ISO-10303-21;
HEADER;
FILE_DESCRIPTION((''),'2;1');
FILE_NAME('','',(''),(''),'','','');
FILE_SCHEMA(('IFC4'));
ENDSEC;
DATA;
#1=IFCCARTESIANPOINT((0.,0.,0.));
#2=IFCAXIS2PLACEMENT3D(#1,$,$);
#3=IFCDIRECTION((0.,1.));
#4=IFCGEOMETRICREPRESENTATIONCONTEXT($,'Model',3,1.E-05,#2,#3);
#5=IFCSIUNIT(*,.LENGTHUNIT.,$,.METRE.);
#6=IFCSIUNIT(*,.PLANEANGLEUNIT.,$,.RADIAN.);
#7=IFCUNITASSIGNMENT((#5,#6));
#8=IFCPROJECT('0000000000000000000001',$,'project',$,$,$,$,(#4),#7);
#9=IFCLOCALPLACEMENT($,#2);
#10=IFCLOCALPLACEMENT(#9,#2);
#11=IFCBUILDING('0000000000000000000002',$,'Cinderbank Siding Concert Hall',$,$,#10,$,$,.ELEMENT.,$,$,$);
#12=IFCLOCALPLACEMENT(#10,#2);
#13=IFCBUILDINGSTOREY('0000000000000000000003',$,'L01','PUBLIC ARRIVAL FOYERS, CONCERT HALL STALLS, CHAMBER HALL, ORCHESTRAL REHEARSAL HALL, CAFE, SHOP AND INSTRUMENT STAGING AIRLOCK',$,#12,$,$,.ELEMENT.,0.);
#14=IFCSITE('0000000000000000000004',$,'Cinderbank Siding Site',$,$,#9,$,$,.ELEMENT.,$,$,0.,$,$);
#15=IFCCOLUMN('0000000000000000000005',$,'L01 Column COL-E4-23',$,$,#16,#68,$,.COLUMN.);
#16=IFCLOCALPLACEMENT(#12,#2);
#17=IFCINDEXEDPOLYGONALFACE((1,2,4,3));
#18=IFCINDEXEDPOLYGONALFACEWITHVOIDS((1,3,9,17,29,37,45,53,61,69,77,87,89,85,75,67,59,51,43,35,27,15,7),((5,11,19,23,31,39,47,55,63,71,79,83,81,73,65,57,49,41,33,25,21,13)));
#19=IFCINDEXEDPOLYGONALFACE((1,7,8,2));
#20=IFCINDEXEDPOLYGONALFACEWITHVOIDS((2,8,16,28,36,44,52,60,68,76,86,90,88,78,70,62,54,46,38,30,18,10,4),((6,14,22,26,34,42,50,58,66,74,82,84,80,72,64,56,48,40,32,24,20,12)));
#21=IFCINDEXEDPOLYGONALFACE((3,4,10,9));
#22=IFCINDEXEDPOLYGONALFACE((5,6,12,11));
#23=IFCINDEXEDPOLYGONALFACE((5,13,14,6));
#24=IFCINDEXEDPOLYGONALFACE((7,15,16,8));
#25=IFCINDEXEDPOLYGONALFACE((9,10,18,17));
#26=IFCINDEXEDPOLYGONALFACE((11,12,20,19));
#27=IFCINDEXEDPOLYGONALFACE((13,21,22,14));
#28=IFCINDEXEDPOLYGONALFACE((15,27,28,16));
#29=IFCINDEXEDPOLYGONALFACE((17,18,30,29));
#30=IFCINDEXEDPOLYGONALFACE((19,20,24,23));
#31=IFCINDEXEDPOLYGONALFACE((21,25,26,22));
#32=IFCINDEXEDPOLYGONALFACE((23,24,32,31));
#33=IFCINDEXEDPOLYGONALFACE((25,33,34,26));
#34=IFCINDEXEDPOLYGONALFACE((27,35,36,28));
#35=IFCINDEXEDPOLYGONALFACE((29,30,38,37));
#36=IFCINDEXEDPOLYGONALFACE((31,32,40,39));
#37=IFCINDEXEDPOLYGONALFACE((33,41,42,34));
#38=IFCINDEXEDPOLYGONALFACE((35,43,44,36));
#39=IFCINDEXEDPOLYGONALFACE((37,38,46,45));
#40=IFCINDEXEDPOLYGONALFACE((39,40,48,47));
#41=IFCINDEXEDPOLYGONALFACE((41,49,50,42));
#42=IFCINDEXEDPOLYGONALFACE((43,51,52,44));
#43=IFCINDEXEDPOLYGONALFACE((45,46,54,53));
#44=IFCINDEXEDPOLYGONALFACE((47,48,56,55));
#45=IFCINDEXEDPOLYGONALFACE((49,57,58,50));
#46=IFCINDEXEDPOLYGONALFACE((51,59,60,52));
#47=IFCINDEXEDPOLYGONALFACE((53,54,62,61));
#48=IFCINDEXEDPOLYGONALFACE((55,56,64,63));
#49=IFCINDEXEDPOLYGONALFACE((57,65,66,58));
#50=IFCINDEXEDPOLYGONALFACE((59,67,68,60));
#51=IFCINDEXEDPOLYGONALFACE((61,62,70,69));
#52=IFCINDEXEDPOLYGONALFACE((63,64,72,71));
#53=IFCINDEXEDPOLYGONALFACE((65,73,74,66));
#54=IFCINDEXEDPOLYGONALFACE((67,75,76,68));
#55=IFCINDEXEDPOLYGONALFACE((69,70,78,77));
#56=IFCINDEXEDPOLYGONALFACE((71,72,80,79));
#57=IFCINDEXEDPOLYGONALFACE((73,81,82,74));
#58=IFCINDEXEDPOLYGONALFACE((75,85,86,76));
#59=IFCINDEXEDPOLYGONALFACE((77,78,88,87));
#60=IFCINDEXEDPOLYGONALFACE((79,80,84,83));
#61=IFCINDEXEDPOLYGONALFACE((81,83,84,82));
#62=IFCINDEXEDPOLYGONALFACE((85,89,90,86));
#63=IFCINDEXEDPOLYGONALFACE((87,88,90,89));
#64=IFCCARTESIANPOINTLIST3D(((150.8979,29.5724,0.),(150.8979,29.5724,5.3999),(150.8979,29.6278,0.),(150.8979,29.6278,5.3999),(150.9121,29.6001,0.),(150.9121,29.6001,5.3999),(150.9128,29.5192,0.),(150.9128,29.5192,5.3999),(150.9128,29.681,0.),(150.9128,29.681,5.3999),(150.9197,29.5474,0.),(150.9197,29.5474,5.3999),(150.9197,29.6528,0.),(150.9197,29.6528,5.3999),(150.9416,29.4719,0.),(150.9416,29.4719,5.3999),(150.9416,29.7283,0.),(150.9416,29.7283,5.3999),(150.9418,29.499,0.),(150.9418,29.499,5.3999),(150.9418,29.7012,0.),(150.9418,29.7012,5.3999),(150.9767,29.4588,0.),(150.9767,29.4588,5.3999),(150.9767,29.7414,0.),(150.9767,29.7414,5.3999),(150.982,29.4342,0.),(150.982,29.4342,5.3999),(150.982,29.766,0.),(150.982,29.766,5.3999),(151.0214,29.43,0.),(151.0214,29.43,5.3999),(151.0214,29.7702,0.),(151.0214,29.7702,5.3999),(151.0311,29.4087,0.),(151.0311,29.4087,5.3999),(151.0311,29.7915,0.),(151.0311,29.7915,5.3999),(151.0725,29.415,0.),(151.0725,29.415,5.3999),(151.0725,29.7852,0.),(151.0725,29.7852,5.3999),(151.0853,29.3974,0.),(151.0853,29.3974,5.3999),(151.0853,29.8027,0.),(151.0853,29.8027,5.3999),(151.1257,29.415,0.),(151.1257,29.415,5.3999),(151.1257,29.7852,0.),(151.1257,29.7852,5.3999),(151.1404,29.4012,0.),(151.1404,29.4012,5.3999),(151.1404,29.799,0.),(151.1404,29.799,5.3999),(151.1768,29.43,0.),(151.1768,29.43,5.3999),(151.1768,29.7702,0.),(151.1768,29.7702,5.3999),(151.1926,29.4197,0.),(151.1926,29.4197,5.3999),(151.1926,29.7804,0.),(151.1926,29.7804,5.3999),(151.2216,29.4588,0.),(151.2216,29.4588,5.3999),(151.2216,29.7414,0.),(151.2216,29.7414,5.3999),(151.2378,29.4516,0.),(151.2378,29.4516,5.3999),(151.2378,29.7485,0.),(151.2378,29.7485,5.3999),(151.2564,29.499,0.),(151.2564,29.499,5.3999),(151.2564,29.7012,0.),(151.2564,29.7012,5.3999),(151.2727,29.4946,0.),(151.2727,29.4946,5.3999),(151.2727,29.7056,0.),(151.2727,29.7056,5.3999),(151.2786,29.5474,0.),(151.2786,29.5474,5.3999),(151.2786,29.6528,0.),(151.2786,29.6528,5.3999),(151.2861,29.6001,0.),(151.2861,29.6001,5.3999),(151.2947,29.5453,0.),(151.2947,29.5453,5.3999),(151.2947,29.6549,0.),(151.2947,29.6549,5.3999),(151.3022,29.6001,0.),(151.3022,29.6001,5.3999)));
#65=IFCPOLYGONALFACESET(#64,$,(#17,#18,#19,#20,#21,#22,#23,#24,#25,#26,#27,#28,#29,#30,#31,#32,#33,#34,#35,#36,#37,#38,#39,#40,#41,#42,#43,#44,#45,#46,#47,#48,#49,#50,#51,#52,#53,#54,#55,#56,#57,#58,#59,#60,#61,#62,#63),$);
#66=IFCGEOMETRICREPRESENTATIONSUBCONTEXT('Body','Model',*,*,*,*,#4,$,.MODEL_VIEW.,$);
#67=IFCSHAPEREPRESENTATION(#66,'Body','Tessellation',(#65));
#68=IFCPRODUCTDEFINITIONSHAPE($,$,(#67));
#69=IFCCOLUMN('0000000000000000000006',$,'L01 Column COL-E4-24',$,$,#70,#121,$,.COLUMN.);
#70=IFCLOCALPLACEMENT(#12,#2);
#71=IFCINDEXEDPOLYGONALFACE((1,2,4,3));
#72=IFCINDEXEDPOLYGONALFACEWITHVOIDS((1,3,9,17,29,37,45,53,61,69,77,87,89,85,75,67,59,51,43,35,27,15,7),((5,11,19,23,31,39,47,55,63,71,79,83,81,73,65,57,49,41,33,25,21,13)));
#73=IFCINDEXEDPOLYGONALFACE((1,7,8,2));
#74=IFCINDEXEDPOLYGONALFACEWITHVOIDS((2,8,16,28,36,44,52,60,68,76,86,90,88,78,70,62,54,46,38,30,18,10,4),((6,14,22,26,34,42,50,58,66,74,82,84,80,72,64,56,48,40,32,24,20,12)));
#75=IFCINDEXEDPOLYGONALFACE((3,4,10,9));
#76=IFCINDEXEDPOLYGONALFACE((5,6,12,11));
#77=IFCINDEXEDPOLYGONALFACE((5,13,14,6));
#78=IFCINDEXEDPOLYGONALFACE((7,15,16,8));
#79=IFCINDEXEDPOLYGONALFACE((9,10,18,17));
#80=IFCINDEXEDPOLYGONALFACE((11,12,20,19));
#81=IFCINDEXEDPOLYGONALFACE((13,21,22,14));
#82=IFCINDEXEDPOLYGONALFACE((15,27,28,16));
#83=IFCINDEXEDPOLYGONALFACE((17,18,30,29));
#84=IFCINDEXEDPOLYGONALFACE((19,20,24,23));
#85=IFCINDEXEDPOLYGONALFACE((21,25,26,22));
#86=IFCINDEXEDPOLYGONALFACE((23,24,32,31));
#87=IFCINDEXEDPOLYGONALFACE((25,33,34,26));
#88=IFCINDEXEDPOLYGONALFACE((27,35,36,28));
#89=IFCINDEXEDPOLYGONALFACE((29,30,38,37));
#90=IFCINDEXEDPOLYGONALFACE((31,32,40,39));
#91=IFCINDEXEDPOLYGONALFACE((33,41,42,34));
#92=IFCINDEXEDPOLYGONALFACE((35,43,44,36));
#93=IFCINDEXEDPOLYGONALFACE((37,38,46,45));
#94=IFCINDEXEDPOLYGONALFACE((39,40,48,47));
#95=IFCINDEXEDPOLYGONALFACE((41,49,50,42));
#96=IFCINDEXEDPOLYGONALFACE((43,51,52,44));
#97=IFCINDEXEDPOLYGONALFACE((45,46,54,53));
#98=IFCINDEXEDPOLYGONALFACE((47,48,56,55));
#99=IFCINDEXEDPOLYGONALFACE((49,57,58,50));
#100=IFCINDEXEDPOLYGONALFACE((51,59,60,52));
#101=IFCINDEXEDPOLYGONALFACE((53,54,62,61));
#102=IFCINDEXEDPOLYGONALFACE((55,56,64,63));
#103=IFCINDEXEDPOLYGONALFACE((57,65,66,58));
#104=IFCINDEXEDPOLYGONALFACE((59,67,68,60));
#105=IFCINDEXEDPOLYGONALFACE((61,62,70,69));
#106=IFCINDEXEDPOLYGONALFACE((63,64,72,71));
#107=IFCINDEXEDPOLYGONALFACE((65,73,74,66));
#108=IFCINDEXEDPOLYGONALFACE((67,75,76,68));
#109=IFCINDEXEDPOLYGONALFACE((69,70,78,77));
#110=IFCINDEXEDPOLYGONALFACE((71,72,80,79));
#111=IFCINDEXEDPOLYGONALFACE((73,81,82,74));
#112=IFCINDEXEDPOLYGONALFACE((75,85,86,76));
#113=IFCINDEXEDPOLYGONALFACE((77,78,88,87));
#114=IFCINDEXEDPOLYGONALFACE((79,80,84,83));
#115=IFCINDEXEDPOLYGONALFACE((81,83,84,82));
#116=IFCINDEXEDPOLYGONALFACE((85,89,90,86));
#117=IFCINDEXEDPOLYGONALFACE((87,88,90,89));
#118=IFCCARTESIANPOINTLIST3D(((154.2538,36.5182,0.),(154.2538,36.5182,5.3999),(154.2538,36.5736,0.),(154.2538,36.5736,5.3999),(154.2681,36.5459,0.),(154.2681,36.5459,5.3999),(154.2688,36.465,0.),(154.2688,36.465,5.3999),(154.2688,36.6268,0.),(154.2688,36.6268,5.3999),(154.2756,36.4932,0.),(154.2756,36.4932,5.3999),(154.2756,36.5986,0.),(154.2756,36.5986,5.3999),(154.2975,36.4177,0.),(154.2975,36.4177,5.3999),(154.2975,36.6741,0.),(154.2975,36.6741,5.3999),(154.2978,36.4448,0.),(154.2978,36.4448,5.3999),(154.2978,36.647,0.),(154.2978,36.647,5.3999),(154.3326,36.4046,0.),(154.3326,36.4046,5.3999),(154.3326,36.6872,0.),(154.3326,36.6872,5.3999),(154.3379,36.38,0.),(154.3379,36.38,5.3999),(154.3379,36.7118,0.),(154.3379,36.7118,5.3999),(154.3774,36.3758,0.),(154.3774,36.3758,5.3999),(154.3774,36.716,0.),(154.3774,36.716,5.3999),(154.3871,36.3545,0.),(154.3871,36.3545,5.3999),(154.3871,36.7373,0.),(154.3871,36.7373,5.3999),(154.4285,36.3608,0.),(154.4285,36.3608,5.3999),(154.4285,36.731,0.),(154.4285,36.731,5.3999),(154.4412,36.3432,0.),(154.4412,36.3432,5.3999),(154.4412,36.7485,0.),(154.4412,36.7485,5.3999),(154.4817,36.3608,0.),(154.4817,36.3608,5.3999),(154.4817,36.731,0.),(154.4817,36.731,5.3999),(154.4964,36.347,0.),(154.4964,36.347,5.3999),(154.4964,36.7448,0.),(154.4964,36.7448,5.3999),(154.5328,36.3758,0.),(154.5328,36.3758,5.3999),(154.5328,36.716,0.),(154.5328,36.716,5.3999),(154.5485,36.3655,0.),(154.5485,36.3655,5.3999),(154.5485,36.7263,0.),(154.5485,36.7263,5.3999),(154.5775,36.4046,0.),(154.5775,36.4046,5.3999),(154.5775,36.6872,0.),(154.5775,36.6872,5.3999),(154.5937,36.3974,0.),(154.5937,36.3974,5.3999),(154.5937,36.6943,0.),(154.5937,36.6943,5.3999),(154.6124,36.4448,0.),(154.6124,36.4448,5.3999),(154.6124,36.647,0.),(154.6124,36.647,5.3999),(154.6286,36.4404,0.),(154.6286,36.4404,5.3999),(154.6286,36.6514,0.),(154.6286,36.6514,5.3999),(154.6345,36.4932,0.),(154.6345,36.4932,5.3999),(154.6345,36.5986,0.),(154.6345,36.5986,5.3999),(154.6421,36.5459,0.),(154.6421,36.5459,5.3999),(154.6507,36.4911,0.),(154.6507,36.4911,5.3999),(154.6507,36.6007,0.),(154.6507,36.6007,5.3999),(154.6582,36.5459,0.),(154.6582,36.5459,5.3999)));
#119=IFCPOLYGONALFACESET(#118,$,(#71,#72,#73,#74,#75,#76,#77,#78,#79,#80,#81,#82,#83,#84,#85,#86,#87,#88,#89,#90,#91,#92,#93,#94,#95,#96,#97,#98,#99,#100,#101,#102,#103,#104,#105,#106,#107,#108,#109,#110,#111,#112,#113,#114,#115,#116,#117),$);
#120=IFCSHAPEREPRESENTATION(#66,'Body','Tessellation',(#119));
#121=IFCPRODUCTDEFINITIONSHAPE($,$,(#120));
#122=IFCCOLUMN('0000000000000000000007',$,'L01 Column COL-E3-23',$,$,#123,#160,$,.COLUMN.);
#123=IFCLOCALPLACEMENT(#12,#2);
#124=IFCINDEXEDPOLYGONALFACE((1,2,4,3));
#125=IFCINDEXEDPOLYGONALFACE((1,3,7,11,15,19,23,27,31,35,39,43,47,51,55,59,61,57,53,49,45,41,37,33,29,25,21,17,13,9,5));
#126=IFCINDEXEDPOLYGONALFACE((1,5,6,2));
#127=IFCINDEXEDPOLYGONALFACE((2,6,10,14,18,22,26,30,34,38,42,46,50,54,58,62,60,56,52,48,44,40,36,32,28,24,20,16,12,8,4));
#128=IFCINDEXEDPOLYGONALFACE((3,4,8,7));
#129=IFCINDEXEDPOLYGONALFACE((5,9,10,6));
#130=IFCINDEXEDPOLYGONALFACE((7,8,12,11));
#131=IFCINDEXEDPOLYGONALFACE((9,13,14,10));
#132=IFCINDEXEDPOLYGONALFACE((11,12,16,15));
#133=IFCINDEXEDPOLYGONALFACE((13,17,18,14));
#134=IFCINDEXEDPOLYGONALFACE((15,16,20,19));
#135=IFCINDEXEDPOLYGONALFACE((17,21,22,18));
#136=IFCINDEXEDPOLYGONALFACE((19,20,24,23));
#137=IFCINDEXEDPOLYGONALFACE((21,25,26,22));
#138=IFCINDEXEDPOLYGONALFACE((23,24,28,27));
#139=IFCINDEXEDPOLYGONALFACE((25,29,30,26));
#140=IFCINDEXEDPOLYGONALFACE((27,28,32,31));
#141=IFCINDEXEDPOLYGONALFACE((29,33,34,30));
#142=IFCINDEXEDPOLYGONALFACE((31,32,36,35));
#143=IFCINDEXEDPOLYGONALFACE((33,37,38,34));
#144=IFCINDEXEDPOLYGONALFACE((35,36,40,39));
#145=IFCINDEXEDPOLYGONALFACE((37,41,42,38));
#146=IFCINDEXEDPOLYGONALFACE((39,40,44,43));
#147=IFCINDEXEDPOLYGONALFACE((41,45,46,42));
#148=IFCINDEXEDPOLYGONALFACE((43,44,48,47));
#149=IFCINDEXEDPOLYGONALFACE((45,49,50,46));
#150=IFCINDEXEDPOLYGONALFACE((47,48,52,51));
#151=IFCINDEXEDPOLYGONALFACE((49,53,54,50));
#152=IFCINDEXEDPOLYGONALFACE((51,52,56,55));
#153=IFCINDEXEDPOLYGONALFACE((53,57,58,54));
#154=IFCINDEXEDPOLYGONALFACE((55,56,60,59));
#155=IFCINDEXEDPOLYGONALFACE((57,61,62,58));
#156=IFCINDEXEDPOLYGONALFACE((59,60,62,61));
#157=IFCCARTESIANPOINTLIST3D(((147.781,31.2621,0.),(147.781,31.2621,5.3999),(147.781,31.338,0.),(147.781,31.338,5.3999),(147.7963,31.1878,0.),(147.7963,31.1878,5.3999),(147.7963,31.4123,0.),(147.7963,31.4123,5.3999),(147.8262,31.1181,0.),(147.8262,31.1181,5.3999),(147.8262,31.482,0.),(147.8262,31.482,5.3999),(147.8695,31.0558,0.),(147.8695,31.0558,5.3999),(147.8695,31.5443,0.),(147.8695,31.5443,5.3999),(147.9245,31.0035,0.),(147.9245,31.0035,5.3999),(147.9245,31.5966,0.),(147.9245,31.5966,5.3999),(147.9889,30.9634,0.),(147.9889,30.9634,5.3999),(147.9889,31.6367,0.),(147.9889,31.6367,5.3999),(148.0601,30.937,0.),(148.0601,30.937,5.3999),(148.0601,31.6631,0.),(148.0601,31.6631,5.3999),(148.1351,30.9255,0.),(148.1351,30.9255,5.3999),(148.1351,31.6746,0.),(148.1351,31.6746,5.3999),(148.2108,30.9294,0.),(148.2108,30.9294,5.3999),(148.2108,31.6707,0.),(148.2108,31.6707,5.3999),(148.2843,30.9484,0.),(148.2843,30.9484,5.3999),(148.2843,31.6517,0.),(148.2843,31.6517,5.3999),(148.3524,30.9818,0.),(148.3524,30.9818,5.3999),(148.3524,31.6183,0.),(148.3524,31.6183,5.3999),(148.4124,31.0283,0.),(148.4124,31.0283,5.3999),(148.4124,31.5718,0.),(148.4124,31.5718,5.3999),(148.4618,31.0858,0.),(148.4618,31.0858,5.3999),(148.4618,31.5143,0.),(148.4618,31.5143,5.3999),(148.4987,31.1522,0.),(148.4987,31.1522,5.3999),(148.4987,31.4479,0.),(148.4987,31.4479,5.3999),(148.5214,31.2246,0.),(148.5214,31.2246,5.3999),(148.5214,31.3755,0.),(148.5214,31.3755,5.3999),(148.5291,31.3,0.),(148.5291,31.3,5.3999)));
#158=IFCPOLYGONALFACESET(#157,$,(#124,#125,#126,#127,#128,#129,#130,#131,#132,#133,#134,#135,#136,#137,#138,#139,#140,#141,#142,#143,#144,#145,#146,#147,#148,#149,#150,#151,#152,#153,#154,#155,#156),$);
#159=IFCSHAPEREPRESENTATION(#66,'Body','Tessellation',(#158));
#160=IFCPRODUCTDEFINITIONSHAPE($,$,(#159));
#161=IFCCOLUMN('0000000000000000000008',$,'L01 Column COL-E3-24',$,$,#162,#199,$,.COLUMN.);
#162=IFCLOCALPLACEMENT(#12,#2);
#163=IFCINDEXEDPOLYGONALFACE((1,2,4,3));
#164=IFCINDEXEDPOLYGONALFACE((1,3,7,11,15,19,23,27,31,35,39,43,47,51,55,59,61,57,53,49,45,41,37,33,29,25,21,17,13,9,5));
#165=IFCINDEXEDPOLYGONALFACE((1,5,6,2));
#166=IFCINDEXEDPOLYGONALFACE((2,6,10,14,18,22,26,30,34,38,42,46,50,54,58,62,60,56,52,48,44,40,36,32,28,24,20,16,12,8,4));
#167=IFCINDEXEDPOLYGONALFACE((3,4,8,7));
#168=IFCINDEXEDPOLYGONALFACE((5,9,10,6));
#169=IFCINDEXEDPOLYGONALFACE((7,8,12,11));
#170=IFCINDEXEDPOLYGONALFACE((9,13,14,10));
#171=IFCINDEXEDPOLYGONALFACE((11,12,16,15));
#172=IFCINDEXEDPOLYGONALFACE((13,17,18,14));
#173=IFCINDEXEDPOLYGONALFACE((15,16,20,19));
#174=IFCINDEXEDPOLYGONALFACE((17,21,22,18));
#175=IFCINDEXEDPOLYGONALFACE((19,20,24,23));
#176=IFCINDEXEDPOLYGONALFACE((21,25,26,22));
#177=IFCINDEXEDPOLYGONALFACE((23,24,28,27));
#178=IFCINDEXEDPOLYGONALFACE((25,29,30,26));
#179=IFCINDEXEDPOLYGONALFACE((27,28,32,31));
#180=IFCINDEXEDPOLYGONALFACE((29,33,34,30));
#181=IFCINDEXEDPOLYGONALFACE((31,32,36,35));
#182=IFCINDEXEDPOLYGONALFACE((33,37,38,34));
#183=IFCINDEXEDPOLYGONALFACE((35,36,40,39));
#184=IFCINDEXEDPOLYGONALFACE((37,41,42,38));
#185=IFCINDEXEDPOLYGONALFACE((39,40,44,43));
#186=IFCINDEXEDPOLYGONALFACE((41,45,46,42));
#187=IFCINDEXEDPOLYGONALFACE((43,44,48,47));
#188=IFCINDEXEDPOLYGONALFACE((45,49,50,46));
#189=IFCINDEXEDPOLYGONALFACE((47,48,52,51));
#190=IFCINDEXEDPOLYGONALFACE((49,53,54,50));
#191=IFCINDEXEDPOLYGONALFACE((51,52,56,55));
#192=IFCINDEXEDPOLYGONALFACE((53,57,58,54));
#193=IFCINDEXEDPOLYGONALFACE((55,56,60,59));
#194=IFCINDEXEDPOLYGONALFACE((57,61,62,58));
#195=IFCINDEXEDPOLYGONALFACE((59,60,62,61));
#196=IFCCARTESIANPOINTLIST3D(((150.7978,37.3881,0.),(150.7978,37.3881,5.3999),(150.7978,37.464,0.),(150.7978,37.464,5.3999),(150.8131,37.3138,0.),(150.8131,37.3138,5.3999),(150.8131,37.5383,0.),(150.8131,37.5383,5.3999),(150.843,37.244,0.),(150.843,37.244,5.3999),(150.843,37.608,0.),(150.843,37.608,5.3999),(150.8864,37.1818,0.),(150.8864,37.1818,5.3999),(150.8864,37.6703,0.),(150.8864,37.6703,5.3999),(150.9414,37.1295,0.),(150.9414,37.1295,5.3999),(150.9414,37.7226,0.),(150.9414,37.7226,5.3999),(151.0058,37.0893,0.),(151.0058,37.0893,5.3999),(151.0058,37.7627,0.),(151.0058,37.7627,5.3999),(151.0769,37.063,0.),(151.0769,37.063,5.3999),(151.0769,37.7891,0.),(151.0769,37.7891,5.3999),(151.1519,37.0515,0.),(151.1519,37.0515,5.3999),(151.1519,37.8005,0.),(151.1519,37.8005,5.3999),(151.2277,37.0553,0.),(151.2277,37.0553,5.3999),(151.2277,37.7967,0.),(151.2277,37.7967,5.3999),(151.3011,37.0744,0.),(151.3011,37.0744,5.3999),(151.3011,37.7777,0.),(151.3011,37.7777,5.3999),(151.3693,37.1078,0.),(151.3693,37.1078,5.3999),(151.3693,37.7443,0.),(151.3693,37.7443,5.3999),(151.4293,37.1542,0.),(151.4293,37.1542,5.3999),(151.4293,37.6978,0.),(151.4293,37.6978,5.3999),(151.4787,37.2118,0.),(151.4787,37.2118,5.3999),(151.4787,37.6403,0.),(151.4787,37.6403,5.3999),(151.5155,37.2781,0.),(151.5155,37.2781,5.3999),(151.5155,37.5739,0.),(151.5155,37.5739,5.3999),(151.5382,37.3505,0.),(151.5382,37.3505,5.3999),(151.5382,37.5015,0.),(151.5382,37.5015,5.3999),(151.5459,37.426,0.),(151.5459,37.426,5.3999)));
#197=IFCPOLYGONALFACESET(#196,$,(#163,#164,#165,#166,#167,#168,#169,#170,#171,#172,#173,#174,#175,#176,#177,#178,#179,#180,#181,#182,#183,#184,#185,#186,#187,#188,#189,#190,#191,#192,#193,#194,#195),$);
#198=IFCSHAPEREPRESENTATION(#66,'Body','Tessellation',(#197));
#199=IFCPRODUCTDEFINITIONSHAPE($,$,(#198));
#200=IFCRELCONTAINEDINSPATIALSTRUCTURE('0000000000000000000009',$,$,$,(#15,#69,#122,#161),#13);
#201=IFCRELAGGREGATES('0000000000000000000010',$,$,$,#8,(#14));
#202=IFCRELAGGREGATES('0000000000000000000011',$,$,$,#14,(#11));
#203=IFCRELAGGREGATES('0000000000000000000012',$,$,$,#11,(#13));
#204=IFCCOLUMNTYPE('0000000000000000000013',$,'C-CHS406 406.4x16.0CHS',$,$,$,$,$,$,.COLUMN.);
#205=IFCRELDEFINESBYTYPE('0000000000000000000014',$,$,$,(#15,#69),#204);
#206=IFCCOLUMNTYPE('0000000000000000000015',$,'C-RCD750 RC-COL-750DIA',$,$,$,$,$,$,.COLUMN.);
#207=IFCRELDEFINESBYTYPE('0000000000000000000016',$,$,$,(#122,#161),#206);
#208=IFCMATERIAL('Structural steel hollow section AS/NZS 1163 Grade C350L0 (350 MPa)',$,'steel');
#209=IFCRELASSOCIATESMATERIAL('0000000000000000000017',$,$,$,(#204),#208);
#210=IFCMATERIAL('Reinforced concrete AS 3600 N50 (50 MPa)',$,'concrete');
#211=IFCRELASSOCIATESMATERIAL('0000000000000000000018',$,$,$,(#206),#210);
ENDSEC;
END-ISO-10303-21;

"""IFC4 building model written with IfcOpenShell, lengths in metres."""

from ifc_helpers import new_model, si_unit, direction, frame, origin, origin_2d, place, context, subcontext, project, spatial, circle, hollow_circle, extrude, material, material_profile, profile_set, type_object, element, save


model = new_model("IFC4")

# Units and contexts
model_context = context("Model", 3, precision=1e-05, world=origin(), true_north=direction((0.0, 1.0)))
body_context = subcontext(model_context, "Body", "Model", "MODEL_VIEW")
ifc_project = project(units=[si_unit("LENGTHUNIT", "METRE"), si_unit("PLANEANGLEUNIT", "RADIAN")], contexts=[model_context])

# Site, building, storey
site_placement = place(None, origin())
site = spatial("IfcSite", under=ifc_project, at=site_placement, Name="Cinderbank Siding Site", CompositionType="ELEMENT", RefElevation=0.0)
building_placement = place(site_placement, origin())
building = spatial("IfcBuilding", under=site, at=building_placement, Name="Cinderbank Siding Concert Hall", CompositionType="ELEMENT")
storey_placement = place(building_placement, origin())
storey = spatial("IfcBuildingStorey", under=building, at=storey_placement, Name="L01", Description="PUBLIC ARRIVAL FOYERS, CONCERT HALL STALLS, CHAMBER HALL, ORCHESTRAL REHEARSAL HALL, CAFE, SHOP AND INSTRUMENT STAGING AIRLOCK", CompositionType="ELEMENT", Elevation=0.0)

# Columns
ifc_material_1 = material(Name="Structural steel hollow section AS/NZS 1163 Grade C350L0 (350 MPa)", Category="steel")
ifc_material_profile_1 = material_profile(ifc_material_1, hollow_circle(Radius=0.2031, WallThickness=0.0161, at=origin_2d()), Name="406.4x16.0CHS", Category="LoadBearing")
ifc_profile_set_1 = profile_set([ifc_material_profile_1], Name="Structural steel hollow section AS/NZS 1163 Grade C350L0 (350 MPa)")
column_type_1 = type_object("IfcColumnType", Name="C-CHS406 406.4x16.0CHS", PredefinedType="COLUMN", material=ifc_profile_set_1)
for number, where, z_axis, x_axis, name in (
    (1, (151.0991, 29.6001, 0.0), (0.0, 0.0, 1.0), (1.0, 0.0, 0.0), "L01 Column COL-E4-23"),
    (2, (154.4551, 36.5459, 0.0), (0.0, 0.0, 1.0), (1.0, 0.0, 0.0), "L01 Column COL-E4-24"),
):
    element("IfcColumn", number, at=place(storey_placement, frame(where, z_axis=z_axis, x_axis=x_axis)), inside=storey, type_object=column_type_1, Name=name, PredefinedType="COLUMN", context=body_context, shape_type="SweptSolid", body=[
        extrude(hollow_circle(Radius=0.2031, WallThickness=0.0161, at=origin_2d()), origin(), (0.0, 0.0, 1.0), 5.3999),
    ])
ifc_material_2 = material(Name="Reinforced concrete AS 3600 N50 (50 MPa)", Category="concrete")
ifc_material_profile_2 = material_profile(ifc_material_2, circle(Radius=0.375, at=origin_2d()), Name="RC-COL-750DIA", Category="LoadBearing")
ifc_profile_set_2 = profile_set([ifc_material_profile_2], Name="Reinforced concrete AS 3600 N50 (50 MPa)")
column_type_2 = type_object("IfcColumnType", Name="C-RCD750 RC-COL-750DIA", PredefinedType="COLUMN", material=ifc_profile_set_2)
for number, where, z_axis, x_axis, name in (
    (3, (148.1541, 31.3, 0.0), (0.0, 0.0, 1.0), (1.0, 0.0, 0.0), "L01 Column COL-E3-23"),
    (4, (151.1709, 37.426, 0.0), (0.0, 0.0, 1.0), (1.0, 0.0, 0.0), "L01 Column COL-E3-24"),
):
    element("IfcColumn", number, at=place(storey_placement, frame(where, z_axis=z_axis, x_axis=x_axis)), inside=storey, type_object=column_type_2, Name=name, PredefinedType="COLUMN", context=body_context, shape_type="SweptSolid", body=[
        extrude(circle(Radius=0.375, at=origin_2d()), origin(), (0.0, 0.0, 1.0), 5.3999),
    ])

save(model, "model.ifc")
